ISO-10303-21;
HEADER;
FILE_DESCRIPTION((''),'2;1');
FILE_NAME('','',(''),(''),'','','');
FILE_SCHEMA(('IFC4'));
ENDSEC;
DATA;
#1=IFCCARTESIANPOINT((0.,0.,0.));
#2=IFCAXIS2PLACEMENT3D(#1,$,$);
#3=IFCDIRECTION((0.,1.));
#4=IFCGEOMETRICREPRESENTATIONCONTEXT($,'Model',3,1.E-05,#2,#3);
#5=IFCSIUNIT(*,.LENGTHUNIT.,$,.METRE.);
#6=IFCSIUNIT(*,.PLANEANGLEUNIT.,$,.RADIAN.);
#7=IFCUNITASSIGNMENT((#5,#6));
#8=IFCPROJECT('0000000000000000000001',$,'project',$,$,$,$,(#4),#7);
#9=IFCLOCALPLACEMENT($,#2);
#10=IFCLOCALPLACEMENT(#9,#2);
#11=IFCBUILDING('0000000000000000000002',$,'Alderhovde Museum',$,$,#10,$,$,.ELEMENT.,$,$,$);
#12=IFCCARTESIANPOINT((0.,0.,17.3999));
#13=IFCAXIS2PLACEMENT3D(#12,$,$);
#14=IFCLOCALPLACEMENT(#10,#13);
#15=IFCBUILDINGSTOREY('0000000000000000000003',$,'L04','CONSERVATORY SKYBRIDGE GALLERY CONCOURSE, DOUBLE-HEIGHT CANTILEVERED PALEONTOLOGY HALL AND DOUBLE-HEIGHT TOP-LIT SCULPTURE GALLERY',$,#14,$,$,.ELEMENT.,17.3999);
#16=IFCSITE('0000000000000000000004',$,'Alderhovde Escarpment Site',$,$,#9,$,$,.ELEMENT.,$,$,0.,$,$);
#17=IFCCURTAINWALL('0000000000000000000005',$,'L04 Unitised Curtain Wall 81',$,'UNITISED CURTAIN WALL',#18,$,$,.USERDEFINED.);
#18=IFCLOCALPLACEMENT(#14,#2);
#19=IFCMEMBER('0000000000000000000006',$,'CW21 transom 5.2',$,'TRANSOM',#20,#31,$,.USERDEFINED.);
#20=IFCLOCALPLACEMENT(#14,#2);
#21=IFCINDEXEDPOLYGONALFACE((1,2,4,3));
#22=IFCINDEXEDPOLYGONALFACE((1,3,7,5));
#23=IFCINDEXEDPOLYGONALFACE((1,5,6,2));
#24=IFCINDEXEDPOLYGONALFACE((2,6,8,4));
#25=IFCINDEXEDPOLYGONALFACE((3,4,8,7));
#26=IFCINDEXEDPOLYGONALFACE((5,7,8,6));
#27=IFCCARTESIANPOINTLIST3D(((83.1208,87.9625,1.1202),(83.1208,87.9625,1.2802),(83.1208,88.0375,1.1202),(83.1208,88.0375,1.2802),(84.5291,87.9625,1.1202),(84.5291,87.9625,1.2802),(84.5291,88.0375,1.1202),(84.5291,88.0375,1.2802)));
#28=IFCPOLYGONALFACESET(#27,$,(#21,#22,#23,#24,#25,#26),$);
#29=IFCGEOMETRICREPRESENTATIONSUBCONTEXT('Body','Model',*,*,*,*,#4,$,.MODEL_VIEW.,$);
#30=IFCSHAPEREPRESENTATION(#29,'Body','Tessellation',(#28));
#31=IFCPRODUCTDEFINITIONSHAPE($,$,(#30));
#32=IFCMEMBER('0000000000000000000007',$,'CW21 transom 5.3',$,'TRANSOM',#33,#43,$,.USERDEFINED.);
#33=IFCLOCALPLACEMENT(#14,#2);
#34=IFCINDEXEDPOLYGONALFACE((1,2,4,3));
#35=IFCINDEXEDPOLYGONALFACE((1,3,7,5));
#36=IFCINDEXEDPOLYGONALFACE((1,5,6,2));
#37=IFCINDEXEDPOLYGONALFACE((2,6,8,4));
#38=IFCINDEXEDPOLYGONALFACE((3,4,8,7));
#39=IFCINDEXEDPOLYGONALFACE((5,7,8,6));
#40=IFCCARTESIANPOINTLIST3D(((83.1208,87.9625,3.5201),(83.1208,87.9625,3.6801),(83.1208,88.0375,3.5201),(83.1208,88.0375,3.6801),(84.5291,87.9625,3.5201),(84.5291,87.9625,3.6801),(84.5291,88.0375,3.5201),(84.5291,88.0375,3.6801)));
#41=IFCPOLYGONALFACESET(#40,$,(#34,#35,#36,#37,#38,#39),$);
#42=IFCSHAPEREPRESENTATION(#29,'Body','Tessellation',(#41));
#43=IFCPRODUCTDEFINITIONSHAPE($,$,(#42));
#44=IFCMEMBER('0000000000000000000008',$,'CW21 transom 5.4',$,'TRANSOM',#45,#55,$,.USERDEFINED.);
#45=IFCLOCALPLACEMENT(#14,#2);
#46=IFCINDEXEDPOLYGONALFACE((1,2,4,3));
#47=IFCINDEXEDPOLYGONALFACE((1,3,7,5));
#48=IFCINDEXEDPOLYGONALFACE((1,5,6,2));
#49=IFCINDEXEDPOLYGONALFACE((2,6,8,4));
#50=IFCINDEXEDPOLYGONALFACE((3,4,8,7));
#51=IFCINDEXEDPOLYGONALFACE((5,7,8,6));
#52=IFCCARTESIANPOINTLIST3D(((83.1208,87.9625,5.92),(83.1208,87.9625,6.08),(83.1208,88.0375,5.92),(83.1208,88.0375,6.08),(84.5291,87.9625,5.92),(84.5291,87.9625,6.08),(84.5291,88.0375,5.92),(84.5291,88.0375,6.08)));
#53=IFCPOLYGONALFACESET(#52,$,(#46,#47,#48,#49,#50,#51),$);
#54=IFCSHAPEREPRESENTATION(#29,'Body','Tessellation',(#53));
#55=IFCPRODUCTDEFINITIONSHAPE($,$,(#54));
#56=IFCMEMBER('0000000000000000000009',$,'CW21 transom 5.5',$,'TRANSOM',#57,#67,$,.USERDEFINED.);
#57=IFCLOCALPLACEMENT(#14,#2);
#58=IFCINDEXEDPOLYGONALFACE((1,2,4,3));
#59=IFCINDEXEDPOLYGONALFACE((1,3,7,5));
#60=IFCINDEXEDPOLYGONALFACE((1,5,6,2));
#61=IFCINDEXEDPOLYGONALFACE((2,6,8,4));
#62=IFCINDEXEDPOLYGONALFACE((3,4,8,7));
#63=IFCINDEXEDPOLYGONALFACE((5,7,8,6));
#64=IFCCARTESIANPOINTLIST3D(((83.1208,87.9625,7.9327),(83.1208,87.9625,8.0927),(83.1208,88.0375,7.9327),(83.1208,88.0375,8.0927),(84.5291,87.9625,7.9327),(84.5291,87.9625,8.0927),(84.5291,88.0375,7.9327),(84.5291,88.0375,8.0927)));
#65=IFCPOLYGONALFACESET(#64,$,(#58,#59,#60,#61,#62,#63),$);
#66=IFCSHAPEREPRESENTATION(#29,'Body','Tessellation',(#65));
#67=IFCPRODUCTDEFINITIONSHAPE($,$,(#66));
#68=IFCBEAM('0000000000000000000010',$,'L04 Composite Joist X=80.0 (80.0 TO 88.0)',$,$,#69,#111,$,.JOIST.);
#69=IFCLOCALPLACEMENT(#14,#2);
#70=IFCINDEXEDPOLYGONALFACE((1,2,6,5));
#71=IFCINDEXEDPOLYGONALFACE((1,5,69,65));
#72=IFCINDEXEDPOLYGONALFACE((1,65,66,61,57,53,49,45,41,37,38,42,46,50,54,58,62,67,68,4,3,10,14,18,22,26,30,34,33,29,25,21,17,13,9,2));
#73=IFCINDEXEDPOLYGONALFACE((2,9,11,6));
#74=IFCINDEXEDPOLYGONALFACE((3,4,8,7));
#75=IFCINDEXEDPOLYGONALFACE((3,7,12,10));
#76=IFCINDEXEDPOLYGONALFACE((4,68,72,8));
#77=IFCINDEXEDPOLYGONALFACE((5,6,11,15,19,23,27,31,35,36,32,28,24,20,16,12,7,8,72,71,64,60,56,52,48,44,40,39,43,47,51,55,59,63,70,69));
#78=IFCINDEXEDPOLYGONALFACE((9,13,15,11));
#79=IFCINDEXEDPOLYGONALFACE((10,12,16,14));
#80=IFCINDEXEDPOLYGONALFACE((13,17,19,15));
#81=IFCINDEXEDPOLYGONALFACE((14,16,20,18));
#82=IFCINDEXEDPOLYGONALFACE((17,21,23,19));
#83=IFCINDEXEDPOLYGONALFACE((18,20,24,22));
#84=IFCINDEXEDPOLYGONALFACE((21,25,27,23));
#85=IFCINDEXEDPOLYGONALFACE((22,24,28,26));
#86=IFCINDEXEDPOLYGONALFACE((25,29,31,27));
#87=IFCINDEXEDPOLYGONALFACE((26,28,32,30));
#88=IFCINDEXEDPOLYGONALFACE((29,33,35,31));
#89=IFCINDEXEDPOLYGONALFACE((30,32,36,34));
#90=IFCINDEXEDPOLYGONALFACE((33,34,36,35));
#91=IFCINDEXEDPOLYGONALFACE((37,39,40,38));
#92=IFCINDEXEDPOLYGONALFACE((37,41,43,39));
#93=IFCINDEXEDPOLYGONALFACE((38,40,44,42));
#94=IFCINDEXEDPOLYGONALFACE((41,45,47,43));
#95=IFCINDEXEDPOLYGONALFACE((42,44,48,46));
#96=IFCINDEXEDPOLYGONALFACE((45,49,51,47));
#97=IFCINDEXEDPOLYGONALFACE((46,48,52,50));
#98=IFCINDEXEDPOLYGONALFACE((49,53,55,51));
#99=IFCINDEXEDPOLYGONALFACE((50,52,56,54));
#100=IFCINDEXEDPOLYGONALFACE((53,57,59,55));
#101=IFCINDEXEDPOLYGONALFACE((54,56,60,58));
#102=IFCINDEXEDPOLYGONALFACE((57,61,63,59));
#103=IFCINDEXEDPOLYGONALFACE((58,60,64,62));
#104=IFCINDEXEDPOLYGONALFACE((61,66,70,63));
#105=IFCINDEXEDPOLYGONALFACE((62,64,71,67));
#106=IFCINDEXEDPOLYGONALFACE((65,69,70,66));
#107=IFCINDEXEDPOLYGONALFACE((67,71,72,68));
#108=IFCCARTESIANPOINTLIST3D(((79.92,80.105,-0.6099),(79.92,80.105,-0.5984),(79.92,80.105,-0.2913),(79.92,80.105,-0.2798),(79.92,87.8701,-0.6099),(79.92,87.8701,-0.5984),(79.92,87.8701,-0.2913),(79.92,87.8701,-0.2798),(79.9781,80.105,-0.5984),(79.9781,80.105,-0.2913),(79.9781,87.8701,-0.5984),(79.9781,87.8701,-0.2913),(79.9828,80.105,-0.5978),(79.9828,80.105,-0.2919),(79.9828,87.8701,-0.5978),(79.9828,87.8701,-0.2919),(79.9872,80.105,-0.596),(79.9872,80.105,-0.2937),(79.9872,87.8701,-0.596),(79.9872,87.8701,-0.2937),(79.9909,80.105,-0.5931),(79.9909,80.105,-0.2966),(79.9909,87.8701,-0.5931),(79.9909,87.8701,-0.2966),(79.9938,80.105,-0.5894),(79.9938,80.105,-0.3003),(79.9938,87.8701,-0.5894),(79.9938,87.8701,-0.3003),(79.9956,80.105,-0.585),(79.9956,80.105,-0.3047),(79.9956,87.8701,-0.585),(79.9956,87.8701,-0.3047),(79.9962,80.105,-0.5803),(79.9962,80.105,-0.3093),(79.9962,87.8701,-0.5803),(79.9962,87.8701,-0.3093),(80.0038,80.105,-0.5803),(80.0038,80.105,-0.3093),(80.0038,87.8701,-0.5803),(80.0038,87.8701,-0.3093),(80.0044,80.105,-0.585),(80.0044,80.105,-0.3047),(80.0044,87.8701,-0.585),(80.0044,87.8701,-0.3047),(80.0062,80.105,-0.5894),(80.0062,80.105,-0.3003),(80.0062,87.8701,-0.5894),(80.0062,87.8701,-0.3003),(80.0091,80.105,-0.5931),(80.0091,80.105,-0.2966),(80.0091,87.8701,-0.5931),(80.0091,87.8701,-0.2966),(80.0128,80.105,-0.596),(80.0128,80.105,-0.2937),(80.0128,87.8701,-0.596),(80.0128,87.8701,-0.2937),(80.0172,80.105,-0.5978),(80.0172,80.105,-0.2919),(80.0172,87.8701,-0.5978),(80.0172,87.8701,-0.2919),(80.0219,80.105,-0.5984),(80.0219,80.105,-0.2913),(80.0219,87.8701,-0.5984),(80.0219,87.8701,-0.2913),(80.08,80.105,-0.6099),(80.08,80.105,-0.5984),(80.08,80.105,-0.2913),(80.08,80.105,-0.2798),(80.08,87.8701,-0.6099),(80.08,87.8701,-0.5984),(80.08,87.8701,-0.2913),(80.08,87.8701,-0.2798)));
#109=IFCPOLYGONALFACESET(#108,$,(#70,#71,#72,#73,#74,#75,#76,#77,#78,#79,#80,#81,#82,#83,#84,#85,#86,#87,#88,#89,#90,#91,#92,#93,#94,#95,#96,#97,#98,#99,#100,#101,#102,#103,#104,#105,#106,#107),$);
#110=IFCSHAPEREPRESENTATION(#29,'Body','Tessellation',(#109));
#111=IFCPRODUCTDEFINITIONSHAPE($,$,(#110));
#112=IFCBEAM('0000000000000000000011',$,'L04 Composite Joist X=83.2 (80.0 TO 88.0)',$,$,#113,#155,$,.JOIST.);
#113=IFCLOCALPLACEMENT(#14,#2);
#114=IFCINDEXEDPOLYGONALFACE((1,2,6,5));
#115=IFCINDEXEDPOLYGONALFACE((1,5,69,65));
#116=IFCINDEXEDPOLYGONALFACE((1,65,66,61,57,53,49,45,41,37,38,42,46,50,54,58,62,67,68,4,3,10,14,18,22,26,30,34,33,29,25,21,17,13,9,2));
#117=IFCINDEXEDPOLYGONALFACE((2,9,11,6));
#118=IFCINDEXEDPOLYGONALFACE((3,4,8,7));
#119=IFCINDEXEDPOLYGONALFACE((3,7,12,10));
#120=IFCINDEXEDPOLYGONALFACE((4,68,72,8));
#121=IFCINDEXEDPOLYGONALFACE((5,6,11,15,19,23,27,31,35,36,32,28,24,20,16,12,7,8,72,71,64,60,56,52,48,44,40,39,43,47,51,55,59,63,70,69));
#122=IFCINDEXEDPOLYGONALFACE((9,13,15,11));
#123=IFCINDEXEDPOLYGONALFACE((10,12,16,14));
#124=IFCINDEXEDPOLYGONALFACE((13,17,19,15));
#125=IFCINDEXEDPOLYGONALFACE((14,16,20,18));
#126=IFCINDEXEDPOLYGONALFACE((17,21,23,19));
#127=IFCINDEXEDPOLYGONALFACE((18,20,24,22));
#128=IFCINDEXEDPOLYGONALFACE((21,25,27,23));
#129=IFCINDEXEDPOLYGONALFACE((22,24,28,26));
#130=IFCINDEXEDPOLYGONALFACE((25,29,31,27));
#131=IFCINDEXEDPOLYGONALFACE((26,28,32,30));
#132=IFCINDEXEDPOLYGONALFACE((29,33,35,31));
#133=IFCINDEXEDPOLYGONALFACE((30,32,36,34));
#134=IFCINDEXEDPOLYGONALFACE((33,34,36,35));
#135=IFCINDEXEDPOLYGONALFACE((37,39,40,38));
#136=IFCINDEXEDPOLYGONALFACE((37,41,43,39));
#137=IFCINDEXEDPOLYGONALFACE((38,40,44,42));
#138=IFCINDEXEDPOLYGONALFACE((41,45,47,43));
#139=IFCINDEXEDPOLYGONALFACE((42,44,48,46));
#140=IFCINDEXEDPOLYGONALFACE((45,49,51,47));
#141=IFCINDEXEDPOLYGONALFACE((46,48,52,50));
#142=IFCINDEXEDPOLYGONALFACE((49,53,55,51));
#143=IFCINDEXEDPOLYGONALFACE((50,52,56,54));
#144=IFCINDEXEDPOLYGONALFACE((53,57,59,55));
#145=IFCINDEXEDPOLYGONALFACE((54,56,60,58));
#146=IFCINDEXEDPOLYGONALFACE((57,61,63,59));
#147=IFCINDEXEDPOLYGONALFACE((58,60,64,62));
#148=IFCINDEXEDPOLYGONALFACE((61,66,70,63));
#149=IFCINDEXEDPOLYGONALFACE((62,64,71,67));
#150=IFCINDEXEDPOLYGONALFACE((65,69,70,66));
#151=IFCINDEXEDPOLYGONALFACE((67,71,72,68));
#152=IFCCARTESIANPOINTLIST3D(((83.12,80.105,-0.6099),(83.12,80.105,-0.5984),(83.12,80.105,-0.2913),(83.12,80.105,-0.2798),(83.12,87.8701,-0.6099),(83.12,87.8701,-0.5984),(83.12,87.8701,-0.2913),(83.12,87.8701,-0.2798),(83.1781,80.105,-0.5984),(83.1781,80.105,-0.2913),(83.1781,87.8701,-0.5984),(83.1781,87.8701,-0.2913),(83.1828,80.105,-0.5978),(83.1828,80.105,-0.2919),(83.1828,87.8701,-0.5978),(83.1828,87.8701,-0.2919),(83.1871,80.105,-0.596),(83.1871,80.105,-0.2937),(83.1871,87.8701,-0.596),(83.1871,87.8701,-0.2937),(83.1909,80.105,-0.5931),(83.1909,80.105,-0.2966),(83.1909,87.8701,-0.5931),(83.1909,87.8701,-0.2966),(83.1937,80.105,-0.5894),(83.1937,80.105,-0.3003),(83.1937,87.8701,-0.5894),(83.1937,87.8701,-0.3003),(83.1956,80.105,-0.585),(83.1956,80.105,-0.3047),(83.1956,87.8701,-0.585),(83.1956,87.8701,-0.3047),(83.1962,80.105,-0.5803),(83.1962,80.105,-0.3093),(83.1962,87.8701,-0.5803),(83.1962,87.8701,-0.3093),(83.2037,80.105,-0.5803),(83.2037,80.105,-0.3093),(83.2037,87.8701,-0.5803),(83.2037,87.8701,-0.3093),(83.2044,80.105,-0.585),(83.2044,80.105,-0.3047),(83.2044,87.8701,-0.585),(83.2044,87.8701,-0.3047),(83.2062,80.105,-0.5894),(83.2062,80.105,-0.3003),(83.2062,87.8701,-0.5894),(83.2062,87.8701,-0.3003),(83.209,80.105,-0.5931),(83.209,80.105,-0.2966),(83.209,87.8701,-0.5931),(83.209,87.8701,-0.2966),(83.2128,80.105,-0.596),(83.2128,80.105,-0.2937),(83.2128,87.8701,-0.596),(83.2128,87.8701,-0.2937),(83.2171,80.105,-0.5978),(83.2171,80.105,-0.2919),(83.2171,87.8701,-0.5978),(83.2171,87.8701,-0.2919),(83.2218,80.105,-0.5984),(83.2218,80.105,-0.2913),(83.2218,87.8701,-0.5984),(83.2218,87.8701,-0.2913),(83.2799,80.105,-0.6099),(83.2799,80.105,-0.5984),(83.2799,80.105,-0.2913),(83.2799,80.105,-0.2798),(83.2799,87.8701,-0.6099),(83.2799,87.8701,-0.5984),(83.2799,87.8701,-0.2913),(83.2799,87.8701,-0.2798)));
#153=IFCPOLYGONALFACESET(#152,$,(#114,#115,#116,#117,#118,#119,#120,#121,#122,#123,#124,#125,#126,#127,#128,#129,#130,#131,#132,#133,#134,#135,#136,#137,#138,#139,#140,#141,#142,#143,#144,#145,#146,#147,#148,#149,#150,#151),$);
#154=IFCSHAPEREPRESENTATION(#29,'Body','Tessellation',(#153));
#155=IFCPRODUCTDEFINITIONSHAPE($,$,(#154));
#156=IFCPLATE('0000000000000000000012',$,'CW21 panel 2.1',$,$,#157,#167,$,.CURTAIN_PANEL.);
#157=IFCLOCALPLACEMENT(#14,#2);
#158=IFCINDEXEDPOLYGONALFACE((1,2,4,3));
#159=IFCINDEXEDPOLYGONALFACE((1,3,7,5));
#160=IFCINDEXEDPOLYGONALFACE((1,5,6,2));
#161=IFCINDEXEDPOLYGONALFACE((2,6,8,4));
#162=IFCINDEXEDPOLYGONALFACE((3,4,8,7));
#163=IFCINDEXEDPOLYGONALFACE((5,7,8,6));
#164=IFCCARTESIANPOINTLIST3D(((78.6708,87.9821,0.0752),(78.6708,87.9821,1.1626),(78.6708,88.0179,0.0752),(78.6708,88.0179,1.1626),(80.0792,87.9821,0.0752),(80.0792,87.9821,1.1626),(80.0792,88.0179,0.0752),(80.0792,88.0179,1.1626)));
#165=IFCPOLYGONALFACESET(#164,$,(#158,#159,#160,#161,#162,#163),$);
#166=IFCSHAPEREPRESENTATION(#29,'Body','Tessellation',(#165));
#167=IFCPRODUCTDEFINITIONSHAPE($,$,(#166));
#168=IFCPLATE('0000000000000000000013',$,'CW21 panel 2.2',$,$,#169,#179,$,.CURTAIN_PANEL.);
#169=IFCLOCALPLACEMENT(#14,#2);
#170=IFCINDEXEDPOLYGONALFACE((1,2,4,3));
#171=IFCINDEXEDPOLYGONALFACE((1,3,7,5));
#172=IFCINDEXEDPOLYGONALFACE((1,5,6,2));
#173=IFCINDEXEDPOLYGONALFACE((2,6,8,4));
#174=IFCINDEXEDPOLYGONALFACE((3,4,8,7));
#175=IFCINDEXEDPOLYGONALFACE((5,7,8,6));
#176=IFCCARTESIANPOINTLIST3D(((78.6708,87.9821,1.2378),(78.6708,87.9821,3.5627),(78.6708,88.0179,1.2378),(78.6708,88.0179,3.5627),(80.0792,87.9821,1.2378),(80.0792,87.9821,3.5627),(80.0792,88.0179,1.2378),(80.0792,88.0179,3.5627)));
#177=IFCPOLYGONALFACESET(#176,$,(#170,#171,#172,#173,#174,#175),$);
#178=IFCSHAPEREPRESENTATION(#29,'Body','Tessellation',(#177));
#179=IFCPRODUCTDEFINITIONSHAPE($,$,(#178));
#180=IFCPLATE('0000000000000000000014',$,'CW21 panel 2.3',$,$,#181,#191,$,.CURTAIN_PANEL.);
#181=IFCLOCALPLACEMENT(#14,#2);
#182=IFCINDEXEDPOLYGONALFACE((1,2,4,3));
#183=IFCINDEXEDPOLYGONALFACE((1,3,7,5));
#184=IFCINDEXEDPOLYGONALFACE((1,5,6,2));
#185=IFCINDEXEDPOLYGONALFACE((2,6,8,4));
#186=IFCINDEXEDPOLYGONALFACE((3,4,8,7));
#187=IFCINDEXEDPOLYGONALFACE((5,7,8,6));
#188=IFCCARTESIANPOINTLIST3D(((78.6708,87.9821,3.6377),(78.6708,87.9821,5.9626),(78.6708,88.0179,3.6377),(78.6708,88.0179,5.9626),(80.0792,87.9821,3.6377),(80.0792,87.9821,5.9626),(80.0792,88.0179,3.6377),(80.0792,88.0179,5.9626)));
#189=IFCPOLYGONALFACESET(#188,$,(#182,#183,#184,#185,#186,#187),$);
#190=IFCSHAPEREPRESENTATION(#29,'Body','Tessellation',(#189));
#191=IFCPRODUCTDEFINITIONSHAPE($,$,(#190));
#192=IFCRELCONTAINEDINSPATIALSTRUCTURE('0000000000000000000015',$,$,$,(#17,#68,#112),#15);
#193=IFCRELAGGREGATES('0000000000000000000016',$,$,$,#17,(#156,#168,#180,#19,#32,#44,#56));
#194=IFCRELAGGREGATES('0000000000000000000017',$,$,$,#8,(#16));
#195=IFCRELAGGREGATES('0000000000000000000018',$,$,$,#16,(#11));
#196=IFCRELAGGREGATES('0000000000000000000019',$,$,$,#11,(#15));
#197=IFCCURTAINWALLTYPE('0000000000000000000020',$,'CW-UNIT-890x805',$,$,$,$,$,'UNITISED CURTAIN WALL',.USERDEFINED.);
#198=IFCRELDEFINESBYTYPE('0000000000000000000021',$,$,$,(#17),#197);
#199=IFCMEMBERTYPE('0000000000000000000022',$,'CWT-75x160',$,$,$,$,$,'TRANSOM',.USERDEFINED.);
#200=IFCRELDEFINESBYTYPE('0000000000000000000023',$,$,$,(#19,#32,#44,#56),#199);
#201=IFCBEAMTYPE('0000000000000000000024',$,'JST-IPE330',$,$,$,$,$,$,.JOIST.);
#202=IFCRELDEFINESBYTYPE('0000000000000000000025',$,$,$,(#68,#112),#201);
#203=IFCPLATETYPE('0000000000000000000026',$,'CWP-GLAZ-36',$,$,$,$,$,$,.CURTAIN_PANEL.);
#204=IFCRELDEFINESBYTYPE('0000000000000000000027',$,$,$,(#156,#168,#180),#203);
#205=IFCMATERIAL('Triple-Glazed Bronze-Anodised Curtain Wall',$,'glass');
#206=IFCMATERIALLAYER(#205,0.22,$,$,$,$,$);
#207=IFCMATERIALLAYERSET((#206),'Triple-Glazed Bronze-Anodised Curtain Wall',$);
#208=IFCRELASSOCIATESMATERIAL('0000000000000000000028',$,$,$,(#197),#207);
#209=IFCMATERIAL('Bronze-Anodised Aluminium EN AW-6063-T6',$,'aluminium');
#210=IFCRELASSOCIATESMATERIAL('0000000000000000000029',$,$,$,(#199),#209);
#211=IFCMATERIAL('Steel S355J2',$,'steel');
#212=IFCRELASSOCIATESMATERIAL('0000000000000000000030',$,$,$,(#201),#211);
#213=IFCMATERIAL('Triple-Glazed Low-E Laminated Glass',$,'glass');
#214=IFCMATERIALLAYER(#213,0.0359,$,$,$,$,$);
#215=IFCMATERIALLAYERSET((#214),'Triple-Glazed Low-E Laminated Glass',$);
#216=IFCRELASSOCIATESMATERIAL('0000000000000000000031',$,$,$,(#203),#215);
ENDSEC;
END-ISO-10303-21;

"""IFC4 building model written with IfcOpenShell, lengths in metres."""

from ifc_helpers import new_model, si_unit, direction, frame, origin, origin_2d, place, context, subcontext, project, spatial, rectangle, i_section, extrude, material, layer, layer_set, material_profile, profile_set, type_object, element, aggregate, save


model = new_model("IFC4")

# Units and contexts
model_context = context("Model", 3, precision=1e-05, world=origin(), true_north=direction((0.0, 1.0)))
body_context = subcontext(model_context, "Body", "Model", "MODEL_VIEW")
ifc_project = project(units=[si_unit("LENGTHUNIT", "METRE"), si_unit("PLANEANGLEUNIT", "RADIAN")], contexts=[model_context])

# Site, building, storey
site_placement = place(None, origin())
site = spatial("IfcSite", under=ifc_project, at=site_placement, Name="Alderhovde Escarpment Site", CompositionType="ELEMENT", RefElevation=0.0)
building_placement = place(site_placement, origin())
building = spatial("IfcBuilding", under=site, at=building_placement, Name="Alderhovde Museum", CompositionType="ELEMENT")
storey_placement = place(building_placement, frame((0.0, 0.0, 17.3999)))
storey = spatial("IfcBuildingStorey", under=building, at=storey_placement, Name="L04", Description="CONSERVATORY SKYBRIDGE GALLERY CONCOURSE, DOUBLE-HEIGHT CANTILEVERED PALEONTOLOGY HALL AND DOUBLE-HEIGHT TOP-LIT SCULPTURE GALLERY", CompositionType="ELEMENT", Elevation=17.3999)

# Curtain wall, members
ifc_material_1 = material(Name="Triple-Glazed Bronze-Anodised Curtain Wall", Category="glass")
ifc_layer_1 = layer(ifc_material_1, 0.22)
ifc_layer_set_1 = layer_set([ifc_layer_1], Name="Triple-Glazed Bronze-Anodised Curtain Wall")
curtain_wall_type = type_object("IfcCurtainWallType", Name="CW-UNIT-890x805", ElementType="UNITISED CURTAIN WALL", PredefinedType="USERDEFINED", material=ifc_layer_set_1)
curtain_wall_placement = place(storey_placement, origin())
curtain_wall = element("IfcCurtainWall", 1, at=curtain_wall_placement, inside=storey, type_object=curtain_wall_type, Name="L04 Unitised Curtain Wall 81", ObjectType="UNITISED CURTAIN WALL", PredefinedType="USERDEFINED")
ifc_material_2 = material(Name="Bronze-Anodised Aluminium EN AW-6063-T6", Category="aluminium")
ifc_material_profile_1 = material_profile(ifc_material_2, rectangle(XDim=0.075, YDim=0.1599, at=origin_2d()), Name="TRANSOM 75x160")
ifc_profile_set_1 = profile_set([ifc_material_profile_1], Name="Bronze-Anodised Aluminium EN AW-6063-T6")
member_type_1 = type_object("IfcMemberType", Name="CWT-75x160", ElementType="TRANSOM", PredefinedType="USERDEFINED", material=ifc_profile_set_1)
member_1_placement = place(storey_placement, frame((83.1208, 88.0, 1.2002), z_axis=(1.0, 0.0, 0.0), x_axis=(0.0, 1.0, 0.0)))
member_1 = element("IfcMember", 2, at=member_1_placement, type_object=member_type_1, Name="CW21 transom 5.2", ObjectType="TRANSOM", PredefinedType="USERDEFINED", context=body_context, shape_type="SweptSolid", body=[
    extrude(rectangle(XDim=0.075, YDim=0.1599, at=origin_2d()), origin(), (0.0, 0.0, 1.0), 1.4082),
])
member_2_placement = place(storey_placement, frame((83.1208, 88.0, 3.6001), z_axis=(1.0, 0.0, 0.0), x_axis=(0.0, 1.0, 0.0)))
member_2 = element("IfcMember", 3, at=member_2_placement, type_object=member_type_1, Name="CW21 transom 5.3", ObjectType="TRANSOM", PredefinedType="USERDEFINED", context=body_context, shape_type="SweptSolid", body=[
    extrude(rectangle(XDim=0.075, YDim=0.1599, at=origin_2d()), origin(), (0.0, 0.0, 1.0), 1.4082),
])
member_3_placement = place(storey_placement, frame((83.1208, 88.0, 6.0), z_axis=(1.0, 0.0, 0.0), x_axis=(0.0, 1.0, 0.0)))
member_3 = element("IfcMember", 4, at=member_3_placement, type_object=member_type_1, Name="CW21 transom 5.4", ObjectType="TRANSOM", PredefinedType="USERDEFINED", context=body_context, shape_type="SweptSolid", body=[
    extrude(rectangle(XDim=0.075, YDim=0.1599, at=origin_2d()), origin(), (0.0, 0.0, 1.0), 1.4082),
])
member_4_placement = place(storey_placement, frame((83.1208, 88.0, 8.0127), z_axis=(1.0, 0.0, 0.0), x_axis=(0.0, 1.0, 0.0)))
member_4 = element("IfcMember", 5, at=member_4_placement, type_object=member_type_1, Name="CW21 transom 5.5", ObjectType="TRANSOM", PredefinedType="USERDEFINED", context=body_context, shape_type="SweptSolid", body=[
    extrude(rectangle(XDim=0.075, YDim=0.1599, at=origin_2d()), origin(), (0.0, 0.0, 1.0), 1.4082),
])

# Beams
ifc_material_3 = material(Name="Steel S355J2", Category="steel")
ifc_material_profile_2 = material_profile(ifc_material_3, i_section(OverallWidth=0.1599, OverallDepth=0.3301, WebThickness=0.0076, FlangeThickness=0.0115, FilletRadius=0.0181, at=origin_2d()), Name="IPE 330")
ifc_profile_set_2 = profile_set([ifc_material_profile_2], Name="Steel S355J2")
beam_type = type_object("IfcBeamType", Name="JST-IPE330", PredefinedType="JOIST", material=ifc_profile_set_2)
for number, where, z_axis, x_axis, name in (
    (6, (80.0, 80.105, -0.4448), (0.0, 1.0, 0.0), (-1.0, 0.0, 0.0), "L04 Composite Joist X=80.0 (80.0 TO 88.0)"),
    (7, (83.2, 80.105, -0.4448), (0.0, 1.0, 0.0), (-1.0, 0.0, 0.0), "L04 Composite Joist X=83.2 (80.0 TO 88.0)"),
):
    element("IfcBeam", number, at=place(storey_placement, frame(where, z_axis=z_axis, x_axis=x_axis)), inside=storey, type_object=beam_type, Name=name, PredefinedType="JOIST", context=body_context, shape_type="SweptSolid", body=[
        extrude(i_section(OverallWidth=0.1599, OverallDepth=0.3301, WebThickness=0.0076, FlangeThickness=0.0115, FilletRadius=0.0181, at=origin_2d()), origin(), (0.0, 0.0, 1.0), 7.7651),
    ])

# Plates
ifc_material_4 = material(Name="Triple-Glazed Low-E Laminated Glass", Category="glass")
ifc_layer_2 = layer(ifc_material_4, 0.0359)
ifc_layer_set_2 = layer_set([ifc_layer_2], Name="Triple-Glazed Low-E Laminated Glass")
plate_type = type_object("IfcPlateType", Name="CWP-GLAZ-36", PredefinedType="CURTAIN_PANEL", material=ifc_layer_set_2)
plate_1_placement = place(storey_placement, frame((79.375, 88.0, 0.0752), z_axis=(0.0, 0.0, 1.0), x_axis=(1.0, 0.0, 0.0)))
plate_1 = element("IfcPlate", 8, at=plate_1_placement, type_object=plate_type, Name="CW21 panel 2.1", PredefinedType="CURTAIN_PANEL", context=body_context, shape_type="SweptSolid", body=[
    extrude(rectangle(XDim=1.4084, YDim=0.0359, at=origin_2d()), origin(), (0.0, 0.0, 1.0), 1.0874),
])
plate_2_placement = place(storey_placement, frame((79.375, 88.0, 1.2378), z_axis=(0.0, 0.0, 1.0), x_axis=(1.0, 0.0, 0.0)))
plate_2 = element("IfcPlate", 9, at=plate_2_placement, type_object=plate_type, Name="CW21 panel 2.2", PredefinedType="CURTAIN_PANEL", context=body_context, shape_type="SweptSolid", body=[
    extrude(rectangle(XDim=1.4084, YDim=0.0359, at=origin_2d()), origin(), (0.0, 0.0, 1.0), 2.325),
])
plate_3_placement = place(storey_placement, frame((79.375, 88.0, 3.6377), z_axis=(0.0, 0.0, 1.0), x_axis=(1.0, 0.0, 0.0)))
plate_3 = element("IfcPlate", 10, at=plate_3_placement, type_object=plate_type, Name="CW21 panel 2.3", PredefinedType="CURTAIN_PANEL", context=body_context, shape_type="SweptSolid", body=[
    extrude(rectangle(XDim=1.4084, YDim=0.0359, at=origin_2d()), origin(), (0.0, 0.0, 1.0), 2.325),
])
aggregate(curtain_wall, [plate_1, plate_2, plate_3, member_1, member_2, member_3, member_4])

save(model, "model.ifc")
